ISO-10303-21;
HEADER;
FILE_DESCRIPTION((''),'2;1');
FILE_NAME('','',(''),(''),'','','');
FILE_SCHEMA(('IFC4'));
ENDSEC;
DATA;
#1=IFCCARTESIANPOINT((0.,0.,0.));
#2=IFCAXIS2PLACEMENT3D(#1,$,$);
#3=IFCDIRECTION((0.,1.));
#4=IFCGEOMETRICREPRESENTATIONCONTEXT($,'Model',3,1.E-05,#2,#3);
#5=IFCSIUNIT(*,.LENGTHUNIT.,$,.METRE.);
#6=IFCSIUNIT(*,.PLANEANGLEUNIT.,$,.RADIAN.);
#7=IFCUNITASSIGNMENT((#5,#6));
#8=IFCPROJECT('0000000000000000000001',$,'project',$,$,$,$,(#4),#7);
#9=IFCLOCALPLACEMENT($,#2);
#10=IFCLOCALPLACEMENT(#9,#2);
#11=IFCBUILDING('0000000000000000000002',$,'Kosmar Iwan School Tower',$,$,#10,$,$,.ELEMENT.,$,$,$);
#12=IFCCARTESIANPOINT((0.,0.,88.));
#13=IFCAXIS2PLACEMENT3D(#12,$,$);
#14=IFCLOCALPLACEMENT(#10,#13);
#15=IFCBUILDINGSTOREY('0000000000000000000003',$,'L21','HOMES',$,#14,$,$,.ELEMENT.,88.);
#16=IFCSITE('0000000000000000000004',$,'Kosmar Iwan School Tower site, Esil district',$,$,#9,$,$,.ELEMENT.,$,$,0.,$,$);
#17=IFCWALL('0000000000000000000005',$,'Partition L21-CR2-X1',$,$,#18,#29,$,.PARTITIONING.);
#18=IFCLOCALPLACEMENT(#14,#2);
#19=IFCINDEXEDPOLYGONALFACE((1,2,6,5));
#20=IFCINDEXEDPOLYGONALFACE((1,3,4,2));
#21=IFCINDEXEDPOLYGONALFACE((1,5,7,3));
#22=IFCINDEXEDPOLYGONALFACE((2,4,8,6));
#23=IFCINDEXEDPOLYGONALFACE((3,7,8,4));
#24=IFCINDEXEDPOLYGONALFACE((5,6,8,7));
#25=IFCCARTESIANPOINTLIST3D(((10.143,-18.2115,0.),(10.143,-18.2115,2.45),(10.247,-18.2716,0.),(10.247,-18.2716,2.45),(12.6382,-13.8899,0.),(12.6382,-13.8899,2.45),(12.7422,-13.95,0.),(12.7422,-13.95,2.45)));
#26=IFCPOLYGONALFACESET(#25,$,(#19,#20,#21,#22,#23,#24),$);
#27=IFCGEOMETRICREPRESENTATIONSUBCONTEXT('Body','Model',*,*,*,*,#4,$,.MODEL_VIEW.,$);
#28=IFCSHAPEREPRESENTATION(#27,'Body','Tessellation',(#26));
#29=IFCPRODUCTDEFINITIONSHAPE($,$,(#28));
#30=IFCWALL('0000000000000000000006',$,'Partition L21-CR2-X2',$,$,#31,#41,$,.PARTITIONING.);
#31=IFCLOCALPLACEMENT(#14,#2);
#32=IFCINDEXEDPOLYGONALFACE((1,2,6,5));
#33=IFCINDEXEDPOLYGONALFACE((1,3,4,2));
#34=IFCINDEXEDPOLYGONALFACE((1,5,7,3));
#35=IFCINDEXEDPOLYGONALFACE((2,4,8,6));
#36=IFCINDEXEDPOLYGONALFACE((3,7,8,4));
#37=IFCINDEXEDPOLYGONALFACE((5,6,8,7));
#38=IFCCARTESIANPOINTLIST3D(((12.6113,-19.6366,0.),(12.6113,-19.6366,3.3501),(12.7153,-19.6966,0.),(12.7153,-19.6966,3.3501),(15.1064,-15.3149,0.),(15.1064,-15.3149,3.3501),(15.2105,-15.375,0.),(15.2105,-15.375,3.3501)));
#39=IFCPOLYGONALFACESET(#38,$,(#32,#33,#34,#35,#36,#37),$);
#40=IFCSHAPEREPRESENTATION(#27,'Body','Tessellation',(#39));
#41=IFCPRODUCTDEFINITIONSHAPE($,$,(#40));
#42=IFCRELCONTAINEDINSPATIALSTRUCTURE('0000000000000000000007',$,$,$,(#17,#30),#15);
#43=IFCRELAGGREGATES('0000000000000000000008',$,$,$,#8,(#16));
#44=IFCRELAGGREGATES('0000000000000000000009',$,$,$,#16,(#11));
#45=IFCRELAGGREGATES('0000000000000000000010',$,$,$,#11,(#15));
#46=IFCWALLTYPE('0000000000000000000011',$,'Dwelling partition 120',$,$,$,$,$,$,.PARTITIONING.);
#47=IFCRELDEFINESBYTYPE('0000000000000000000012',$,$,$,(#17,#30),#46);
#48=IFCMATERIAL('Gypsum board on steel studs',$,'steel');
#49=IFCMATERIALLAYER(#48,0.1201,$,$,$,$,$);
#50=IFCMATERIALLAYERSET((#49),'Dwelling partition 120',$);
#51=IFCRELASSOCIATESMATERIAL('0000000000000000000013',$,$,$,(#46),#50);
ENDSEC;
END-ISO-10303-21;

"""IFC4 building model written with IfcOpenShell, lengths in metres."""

from ifc_helpers import new_model, si_unit, direction, frame, frame_2d, origin, place, context, subcontext, project, spatial, rectangle, extrude, material, layer, layer_set, type_object, element, save


model = new_model("IFC4")

# Units and contexts
model_context = context("Model", 3, precision=1e-05, world=origin(), true_north=direction((0.0, 1.0)))
body_context = subcontext(model_context, "Body", "Model", "MODEL_VIEW")
ifc_project = project(units=[si_unit("LENGTHUNIT", "METRE"), si_unit("PLANEANGLEUNIT", "RADIAN")], contexts=[model_context])

# Site, building, storey
site_placement = place(None, origin())
site = spatial("IfcSite", under=ifc_project, at=site_placement, Name="Kosmar Iwan School Tower site, Esil district", CompositionType="ELEMENT", RefElevation=0.0)
building_placement = place(site_placement, origin())
building = spatial("IfcBuilding", under=site, at=building_placement, Name="Kosmar Iwan School Tower", CompositionType="ELEMENT")
storey_placement = place(building_placement, frame((0.0, 0.0, 88.0)))
storey = spatial("IfcBuildingStorey", under=building, at=storey_placement, Name="L21", Description="HOMES", CompositionType="ELEMENT", Elevation=88.0)

# Shared definitions
ifc_material_1 = material(Name="Gypsum board on steel studs", Category="steel")
ifc_layer = layer(ifc_material_1, 0.1201)
ifc_layer_set = layer_set([ifc_layer], Name="Dwelling partition 120")
wall_type = type_object("IfcWallType", Name="Dwelling partition 120", PredefinedType="PARTITIONING", material=ifc_layer_set)

# Walls
wall_1_placement = place(storey_placement, frame((12.6902, -13.9199, 0.0), z_axis=(0.0, 0.0, 1.0), x_axis=(-0.500012, -0.866019, 0.0)))
element("IfcWall", 1, at=wall_1_placement, inside=storey, type_object=wall_type, Name="Partition L21-CR2-X1", PredefinedType="PARTITIONING", context=body_context, shape_type="SweptSolid", body=[
    extrude(rectangle(XDim=4.9902, YDim=0.1201, at=frame_2d((2.4951, 0.0))), origin(), (0.0, 0.0, 1.0), 2.45),
])
wall_2_placement = place(storey_placement, frame((15.1584, -15.345, 0.0), z_axis=(0.0, 0.0, 1.0), x_axis=(-0.500012, -0.866019, 0.0)))
element("IfcWall", 2, at=wall_2_placement, inside=storey, type_object=wall_type, Name="Partition L21-CR2-X2", PredefinedType="PARTITIONING", context=body_context, shape_type="SweptSolid", body=[
    extrude(rectangle(XDim=4.9902, YDim=0.1201, at=frame_2d((2.4951, 0.0))), origin(), (0.0, 0.0, 1.0), 3.3501),
])

save(model, "model.ifc")
